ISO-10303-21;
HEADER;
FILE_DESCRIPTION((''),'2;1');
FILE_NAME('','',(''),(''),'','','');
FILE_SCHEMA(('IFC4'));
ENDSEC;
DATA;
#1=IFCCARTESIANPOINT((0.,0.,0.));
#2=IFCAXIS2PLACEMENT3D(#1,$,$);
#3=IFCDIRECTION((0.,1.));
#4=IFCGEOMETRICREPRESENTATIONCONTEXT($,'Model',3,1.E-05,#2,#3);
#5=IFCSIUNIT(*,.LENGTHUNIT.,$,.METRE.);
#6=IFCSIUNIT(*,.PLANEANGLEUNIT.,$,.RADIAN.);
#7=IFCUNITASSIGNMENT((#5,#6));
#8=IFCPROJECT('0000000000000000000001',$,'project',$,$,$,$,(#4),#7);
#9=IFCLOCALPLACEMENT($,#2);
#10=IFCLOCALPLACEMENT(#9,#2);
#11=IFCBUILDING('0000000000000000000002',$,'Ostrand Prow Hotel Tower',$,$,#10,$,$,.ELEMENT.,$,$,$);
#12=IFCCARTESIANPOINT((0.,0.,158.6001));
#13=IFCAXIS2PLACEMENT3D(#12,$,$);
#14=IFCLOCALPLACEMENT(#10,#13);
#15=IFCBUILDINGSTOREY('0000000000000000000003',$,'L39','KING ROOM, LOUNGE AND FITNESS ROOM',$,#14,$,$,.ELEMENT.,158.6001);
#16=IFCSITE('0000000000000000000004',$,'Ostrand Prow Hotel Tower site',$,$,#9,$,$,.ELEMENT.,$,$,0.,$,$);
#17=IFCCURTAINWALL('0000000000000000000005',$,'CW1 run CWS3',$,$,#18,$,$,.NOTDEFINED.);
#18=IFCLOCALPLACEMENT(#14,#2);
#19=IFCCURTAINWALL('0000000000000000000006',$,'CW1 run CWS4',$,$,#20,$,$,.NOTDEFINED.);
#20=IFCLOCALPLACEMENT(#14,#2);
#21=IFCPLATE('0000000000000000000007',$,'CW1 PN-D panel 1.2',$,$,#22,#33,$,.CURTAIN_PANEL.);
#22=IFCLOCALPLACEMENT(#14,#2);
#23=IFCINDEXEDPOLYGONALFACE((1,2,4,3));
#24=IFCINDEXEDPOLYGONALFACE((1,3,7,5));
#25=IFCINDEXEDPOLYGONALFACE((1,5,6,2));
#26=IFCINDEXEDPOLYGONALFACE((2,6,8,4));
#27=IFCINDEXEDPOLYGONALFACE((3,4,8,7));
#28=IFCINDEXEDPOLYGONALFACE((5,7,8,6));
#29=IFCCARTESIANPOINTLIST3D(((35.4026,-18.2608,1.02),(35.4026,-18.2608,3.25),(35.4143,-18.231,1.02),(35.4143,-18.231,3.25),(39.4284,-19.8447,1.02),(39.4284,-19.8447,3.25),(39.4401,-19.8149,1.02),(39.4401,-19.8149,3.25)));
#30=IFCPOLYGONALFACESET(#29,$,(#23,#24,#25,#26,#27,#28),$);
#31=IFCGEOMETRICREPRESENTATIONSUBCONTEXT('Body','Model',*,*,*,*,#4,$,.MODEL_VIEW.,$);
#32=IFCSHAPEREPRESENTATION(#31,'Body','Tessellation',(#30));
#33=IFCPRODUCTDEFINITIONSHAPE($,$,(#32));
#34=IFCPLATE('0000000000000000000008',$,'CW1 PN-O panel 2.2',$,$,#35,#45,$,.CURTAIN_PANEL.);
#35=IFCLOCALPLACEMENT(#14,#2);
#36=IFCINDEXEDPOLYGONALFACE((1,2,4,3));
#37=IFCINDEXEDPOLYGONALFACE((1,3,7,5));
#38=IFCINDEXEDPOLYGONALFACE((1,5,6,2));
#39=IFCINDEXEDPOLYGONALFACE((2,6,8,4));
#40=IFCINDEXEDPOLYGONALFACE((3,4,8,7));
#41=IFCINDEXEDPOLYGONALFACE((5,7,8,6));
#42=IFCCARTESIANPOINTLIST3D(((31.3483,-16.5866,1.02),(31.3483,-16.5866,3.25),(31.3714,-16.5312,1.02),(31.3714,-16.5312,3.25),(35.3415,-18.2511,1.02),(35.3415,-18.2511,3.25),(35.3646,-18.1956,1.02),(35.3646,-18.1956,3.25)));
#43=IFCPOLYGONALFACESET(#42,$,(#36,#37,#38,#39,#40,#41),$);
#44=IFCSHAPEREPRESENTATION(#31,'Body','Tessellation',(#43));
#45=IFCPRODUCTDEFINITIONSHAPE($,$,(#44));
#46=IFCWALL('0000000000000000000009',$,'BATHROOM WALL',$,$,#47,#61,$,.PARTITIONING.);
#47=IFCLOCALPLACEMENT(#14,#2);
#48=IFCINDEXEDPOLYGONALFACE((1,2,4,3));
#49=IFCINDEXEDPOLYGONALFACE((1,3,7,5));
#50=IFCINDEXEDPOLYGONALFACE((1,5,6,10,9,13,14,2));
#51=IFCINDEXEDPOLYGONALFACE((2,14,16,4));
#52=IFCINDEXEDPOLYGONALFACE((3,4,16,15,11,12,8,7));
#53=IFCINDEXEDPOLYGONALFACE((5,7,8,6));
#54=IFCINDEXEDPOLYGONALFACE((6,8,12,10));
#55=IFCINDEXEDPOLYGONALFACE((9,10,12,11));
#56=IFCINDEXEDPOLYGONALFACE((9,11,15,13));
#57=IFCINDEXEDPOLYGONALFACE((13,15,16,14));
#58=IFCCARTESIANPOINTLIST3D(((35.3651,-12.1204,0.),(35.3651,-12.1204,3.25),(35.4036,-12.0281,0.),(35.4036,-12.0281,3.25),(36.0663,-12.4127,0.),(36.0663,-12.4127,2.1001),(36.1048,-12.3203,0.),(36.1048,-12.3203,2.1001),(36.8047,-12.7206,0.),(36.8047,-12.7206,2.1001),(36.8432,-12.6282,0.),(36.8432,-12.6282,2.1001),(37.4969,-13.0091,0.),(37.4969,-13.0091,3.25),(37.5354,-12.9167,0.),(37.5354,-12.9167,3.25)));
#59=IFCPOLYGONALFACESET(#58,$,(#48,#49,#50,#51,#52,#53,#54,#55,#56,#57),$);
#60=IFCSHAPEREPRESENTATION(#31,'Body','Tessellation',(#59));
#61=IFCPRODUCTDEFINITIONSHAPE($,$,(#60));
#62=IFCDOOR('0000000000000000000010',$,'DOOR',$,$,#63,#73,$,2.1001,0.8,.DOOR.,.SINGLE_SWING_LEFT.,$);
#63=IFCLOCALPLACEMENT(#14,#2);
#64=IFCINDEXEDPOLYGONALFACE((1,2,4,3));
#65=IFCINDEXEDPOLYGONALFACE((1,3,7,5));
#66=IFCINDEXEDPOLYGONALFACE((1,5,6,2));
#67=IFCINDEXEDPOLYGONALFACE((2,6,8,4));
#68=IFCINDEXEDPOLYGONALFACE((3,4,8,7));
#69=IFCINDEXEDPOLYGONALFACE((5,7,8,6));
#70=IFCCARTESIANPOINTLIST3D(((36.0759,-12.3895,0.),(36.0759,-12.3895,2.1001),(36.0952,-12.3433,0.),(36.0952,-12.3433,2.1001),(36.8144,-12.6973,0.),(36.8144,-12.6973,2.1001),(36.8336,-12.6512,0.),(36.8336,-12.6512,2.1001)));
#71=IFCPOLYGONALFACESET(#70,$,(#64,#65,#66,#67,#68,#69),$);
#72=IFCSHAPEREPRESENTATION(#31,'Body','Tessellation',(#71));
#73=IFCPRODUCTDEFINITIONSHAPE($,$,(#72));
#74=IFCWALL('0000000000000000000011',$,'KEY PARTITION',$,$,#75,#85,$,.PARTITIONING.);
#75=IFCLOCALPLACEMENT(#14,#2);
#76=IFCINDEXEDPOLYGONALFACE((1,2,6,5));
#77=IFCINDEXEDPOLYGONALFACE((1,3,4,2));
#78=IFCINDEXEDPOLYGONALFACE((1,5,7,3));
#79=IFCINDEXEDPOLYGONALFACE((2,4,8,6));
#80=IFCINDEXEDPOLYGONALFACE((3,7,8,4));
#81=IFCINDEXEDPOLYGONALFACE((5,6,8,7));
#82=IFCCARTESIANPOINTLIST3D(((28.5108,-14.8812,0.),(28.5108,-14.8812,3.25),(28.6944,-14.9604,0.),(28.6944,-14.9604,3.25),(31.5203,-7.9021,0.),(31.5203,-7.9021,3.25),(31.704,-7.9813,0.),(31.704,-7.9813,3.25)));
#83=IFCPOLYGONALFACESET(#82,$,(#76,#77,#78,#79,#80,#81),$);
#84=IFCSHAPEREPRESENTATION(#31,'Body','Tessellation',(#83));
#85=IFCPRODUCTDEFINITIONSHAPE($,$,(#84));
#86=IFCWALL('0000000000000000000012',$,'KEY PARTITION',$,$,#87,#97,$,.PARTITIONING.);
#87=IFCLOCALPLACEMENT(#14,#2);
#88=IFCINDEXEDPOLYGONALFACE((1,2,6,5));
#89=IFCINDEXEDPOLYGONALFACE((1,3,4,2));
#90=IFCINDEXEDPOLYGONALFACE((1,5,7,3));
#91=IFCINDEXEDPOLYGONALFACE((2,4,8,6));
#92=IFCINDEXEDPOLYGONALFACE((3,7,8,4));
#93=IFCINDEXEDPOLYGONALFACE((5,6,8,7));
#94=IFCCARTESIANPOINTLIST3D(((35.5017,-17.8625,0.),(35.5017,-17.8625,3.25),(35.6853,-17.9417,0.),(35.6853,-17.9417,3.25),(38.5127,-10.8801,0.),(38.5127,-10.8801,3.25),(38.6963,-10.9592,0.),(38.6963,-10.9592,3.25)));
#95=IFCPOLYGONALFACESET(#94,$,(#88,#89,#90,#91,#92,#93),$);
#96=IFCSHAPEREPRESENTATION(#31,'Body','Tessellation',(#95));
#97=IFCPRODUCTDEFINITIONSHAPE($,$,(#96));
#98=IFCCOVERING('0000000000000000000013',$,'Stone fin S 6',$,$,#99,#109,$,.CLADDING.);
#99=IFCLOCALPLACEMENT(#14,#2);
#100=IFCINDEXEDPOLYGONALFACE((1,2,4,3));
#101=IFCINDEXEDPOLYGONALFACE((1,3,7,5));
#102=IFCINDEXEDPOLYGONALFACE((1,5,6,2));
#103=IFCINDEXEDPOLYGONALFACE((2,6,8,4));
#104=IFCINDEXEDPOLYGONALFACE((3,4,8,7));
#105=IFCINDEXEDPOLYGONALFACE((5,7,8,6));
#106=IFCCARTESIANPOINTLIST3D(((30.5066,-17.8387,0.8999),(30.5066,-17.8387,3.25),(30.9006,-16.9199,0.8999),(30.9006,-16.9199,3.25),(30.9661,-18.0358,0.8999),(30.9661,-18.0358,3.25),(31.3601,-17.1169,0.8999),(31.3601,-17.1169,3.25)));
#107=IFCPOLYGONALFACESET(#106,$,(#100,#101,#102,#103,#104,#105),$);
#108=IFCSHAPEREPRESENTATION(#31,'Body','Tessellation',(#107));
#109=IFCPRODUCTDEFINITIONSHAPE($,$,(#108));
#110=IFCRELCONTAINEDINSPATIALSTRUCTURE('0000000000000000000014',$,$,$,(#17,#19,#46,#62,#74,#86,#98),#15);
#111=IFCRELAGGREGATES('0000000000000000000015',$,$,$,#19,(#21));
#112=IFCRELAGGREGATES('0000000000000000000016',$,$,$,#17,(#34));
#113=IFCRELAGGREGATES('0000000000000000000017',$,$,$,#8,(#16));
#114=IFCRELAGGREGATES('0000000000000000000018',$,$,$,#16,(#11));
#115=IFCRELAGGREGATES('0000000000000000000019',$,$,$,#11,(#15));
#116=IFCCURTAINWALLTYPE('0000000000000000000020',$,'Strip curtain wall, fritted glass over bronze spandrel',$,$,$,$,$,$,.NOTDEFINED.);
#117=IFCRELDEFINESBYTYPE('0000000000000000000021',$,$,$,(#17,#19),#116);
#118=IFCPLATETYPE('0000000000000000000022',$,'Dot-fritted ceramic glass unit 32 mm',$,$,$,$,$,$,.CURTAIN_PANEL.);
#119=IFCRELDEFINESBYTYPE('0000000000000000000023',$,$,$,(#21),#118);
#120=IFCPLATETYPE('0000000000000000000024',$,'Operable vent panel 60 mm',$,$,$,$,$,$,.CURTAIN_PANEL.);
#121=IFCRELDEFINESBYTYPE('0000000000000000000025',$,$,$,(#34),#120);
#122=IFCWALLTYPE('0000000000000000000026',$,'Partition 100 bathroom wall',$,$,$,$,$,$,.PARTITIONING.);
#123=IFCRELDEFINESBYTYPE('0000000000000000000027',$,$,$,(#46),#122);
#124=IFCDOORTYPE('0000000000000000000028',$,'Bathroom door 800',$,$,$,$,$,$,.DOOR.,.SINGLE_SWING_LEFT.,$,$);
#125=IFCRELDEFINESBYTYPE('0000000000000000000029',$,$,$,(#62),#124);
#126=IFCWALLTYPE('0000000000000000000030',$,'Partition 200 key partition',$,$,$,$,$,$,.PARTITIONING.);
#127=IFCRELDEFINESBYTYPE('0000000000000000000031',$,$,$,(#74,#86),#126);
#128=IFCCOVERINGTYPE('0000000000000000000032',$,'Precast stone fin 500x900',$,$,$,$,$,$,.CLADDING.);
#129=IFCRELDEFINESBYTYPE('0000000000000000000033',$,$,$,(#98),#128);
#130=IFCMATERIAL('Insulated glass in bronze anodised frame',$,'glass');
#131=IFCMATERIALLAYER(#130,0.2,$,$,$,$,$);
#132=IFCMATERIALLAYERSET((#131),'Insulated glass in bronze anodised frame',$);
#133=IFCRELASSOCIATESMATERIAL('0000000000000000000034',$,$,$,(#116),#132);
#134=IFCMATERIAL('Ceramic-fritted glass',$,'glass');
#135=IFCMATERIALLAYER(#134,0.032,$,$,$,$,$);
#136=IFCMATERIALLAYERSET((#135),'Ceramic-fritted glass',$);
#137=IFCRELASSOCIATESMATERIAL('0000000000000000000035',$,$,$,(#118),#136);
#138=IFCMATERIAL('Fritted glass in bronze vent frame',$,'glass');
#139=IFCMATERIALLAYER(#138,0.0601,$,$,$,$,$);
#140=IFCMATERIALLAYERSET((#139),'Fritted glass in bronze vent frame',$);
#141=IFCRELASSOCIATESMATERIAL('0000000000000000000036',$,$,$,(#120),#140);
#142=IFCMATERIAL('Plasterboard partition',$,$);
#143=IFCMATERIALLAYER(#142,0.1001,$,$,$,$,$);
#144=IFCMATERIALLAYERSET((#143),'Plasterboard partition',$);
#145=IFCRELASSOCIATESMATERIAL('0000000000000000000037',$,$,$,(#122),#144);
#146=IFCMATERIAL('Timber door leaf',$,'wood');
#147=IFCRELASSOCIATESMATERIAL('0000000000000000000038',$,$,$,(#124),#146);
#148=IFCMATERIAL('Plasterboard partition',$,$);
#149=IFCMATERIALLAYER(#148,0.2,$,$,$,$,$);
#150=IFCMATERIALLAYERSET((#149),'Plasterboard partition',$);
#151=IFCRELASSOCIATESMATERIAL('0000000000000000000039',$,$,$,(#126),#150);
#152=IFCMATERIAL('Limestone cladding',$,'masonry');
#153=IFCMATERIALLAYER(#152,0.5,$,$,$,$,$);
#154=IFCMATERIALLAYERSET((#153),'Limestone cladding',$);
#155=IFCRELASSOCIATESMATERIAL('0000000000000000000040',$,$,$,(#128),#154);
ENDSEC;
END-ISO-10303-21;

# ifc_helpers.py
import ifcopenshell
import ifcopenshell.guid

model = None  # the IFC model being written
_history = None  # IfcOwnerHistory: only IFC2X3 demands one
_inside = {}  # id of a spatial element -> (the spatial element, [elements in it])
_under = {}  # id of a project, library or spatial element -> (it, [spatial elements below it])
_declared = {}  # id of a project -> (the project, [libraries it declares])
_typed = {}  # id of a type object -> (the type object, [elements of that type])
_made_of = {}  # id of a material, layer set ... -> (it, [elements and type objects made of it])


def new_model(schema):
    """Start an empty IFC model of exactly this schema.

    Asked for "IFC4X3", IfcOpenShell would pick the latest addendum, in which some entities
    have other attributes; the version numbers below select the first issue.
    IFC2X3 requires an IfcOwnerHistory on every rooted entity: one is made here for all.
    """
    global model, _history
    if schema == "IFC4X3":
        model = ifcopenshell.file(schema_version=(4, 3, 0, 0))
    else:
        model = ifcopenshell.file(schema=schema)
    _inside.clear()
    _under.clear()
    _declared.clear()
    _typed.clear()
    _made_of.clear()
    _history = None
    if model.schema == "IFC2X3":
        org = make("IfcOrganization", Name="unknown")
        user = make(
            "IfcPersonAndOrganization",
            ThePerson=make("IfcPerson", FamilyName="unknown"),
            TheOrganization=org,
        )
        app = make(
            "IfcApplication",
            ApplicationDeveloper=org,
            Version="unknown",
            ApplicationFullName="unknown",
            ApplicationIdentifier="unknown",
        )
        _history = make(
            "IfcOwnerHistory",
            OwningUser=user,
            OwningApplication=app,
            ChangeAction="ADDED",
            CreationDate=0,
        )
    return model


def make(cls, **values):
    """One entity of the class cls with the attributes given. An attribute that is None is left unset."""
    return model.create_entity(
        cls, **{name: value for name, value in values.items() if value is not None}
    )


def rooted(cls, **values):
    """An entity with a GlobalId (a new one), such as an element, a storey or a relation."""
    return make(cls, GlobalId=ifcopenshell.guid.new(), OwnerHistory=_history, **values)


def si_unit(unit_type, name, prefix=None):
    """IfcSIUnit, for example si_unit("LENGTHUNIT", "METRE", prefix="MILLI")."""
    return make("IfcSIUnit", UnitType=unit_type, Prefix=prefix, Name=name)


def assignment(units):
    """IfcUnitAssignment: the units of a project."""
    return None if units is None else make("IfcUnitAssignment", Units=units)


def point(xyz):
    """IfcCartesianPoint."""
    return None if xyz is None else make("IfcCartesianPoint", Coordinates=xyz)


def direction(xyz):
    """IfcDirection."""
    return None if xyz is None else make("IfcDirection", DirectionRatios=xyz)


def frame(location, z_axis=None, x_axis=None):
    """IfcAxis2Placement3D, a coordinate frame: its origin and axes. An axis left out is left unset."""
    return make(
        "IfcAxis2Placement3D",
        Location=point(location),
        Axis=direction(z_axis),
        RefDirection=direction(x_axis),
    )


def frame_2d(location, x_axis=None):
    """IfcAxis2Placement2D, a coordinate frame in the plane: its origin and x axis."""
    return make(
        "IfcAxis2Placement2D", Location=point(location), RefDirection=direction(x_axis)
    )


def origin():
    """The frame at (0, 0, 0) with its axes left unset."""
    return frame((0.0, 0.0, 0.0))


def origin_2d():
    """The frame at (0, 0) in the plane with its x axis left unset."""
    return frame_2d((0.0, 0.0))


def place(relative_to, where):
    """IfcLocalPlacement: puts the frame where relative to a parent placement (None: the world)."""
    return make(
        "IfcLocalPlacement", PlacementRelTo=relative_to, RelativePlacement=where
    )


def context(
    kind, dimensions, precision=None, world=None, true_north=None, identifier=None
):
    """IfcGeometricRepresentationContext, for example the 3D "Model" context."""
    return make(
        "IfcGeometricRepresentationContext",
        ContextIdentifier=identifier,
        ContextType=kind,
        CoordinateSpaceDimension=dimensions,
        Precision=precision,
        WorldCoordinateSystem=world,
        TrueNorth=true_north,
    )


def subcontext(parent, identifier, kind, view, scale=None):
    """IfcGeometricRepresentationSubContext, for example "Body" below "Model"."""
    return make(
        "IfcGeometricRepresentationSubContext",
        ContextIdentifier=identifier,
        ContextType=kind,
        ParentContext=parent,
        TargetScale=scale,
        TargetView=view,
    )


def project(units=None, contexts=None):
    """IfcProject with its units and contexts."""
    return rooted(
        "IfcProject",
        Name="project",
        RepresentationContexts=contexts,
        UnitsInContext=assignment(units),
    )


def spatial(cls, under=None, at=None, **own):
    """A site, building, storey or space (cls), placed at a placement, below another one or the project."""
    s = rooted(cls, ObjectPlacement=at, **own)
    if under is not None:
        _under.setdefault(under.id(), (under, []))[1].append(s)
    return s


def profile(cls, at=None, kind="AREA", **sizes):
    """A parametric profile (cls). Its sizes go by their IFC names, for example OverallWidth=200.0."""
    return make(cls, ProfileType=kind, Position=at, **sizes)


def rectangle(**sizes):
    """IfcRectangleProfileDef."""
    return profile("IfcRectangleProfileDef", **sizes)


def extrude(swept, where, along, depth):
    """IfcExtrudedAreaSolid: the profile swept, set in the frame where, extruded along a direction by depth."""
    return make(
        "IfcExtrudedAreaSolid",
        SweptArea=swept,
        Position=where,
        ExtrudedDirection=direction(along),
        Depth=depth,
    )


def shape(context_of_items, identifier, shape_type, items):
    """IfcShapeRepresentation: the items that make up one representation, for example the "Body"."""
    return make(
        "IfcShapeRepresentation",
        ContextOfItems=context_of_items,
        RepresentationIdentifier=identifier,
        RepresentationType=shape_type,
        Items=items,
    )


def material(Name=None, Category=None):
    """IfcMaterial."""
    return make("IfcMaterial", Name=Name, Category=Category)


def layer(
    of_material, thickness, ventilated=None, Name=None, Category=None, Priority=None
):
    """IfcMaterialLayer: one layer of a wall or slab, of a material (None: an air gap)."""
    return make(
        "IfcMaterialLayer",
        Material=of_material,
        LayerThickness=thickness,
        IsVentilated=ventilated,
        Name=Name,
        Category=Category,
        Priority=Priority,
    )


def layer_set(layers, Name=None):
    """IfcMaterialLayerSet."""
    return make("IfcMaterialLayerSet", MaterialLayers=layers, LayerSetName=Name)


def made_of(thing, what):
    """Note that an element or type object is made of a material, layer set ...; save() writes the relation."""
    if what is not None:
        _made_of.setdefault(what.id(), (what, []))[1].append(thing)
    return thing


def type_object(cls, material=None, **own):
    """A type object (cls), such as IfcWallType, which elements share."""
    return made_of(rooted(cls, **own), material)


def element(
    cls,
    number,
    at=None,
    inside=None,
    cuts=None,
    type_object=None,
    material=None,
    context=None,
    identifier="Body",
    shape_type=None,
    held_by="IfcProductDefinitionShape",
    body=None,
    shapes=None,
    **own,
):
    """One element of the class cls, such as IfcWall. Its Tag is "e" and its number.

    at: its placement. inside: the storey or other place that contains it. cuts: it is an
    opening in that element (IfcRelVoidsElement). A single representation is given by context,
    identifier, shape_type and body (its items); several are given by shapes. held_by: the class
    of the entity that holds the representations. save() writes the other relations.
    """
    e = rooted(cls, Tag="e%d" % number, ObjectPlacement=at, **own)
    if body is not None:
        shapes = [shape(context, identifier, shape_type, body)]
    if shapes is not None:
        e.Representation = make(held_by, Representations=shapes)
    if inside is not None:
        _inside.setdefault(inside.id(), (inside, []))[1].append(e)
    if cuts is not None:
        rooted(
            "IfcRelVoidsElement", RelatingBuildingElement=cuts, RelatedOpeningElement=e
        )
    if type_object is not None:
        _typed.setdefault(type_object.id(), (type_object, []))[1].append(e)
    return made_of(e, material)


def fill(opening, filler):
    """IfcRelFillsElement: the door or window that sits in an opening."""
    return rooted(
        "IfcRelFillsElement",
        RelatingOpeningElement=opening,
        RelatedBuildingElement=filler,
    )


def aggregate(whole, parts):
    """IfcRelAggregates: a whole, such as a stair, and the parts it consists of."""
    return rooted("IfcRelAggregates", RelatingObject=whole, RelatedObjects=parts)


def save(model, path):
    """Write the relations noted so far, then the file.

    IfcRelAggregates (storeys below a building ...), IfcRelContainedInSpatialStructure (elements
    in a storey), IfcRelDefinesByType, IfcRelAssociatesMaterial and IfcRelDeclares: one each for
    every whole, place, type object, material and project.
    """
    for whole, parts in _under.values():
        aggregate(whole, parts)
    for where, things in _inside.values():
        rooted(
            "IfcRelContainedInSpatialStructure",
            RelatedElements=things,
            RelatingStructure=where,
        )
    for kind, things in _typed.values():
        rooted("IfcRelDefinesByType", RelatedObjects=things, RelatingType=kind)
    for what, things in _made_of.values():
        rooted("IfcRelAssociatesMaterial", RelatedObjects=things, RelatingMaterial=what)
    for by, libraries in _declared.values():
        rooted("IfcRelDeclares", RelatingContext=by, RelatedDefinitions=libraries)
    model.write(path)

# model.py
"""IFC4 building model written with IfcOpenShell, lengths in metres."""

from ifc_helpers import new_model, si_unit, direction, frame, frame_2d, origin, origin_2d, place, context, subcontext, project, spatial, rectangle, extrude, material, layer, layer_set, type_object, element, fill, aggregate, save


model = new_model("IFC4")

# Units and contexts
model_context = context("Model", 3, precision=1e-05, world=origin(), true_north=direction((0.0, 1.0)))
body_context = subcontext(model_context, "Body", "Model", "MODEL_VIEW")
ifc_project = project(units=[si_unit("LENGTHUNIT", "METRE"), si_unit("PLANEANGLEUNIT", "RADIAN")], contexts=[model_context])

# Site, building, storey
site_placement = place(None, origin())
site = spatial("IfcSite", under=ifc_project, at=site_placement, Name="Ostrand Prow Hotel Tower site", CompositionType="ELEMENT", RefElevation=0.0)
building_placement = place(site_placement, origin())
building = spatial("IfcBuilding", under=site, at=building_placement, Name="Ostrand Prow Hotel Tower", CompositionType="ELEMENT")
storey_placement = place(building_placement, frame((0.0, 0.0, 158.6001)))
storey = spatial("IfcBuildingStorey", under=building, at=storey_placement, Name="L39", Description="KING ROOM, LOUNGE AND FITNESS ROOM", CompositionType="ELEMENT", Elevation=158.6001)

# Shared definitions
ifc_material_1 = material(Name="Insulated glass in bronze anodised frame", Category="glass")
ifc_layer_1 = layer(ifc_material_1, 0.2)
ifc_layer_set_1 = layer_set([ifc_layer_1], Name="Insulated glass in bronze anodised frame")
curtain_wall_type = type_object("IfcCurtainWallType", Name="Strip curtain wall, fritted glass over bronze spandrel", PredefinedType="NOTDEFINED", material=ifc_layer_set_1)

# Curtain wall
curtain_wall_1_placement = place(storey_placement, origin())
curtain_wall_1 = element("IfcCurtainWall", 1, at=curtain_wall_1_placement, inside=storey, type_object=curtain_wall_type, Name="CW1 run CWS3", PredefinedType="NOTDEFINED")

# Curtain wall
curtain_wall_2_placement = place(storey_placement, origin())
curtain_wall_2 = element("IfcCurtainWall", 2, at=curtain_wall_2_placement, inside=storey, type_object=curtain_wall_type, Name="CW1 run CWS4", PredefinedType="NOTDEFINED")

# Plates
ifc_material_2 = material(Name="Ceramic-fritted glass", Category="glass")
ifc_layer_2 = layer(ifc_material_2, 0.032)
ifc_layer_set_2 = layer_set([ifc_layer_2], Name="Ceramic-fritted glass")
plate_type_1 = type_object("IfcPlateType", Name="Dot-fritted ceramic glass unit 32 mm", PredefinedType="CURTAIN_PANEL", material=ifc_layer_set_2)
plate_1_placement = place(storey_placement, frame((37.4214, -19.0378, 1.02), z_axis=(0.0, 0.0, 1.0), x_axis=(0.930569, -0.366116, 0.0)))
plate_1 = element("IfcPlate", 3, at=plate_1_placement, type_object=plate_type_1, Name="CW1 PN-D panel 1.2", PredefinedType="CURTAIN_PANEL", context=body_context, shape_type="SweptSolid", body=[
    extrude(rectangle(XDim=4.3262, YDim=0.032, at=origin_2d()), origin(), (0.0, 0.0, 1.0), 2.23),
])
aggregate(curtain_wall_2, [plate_1])
ifc_material_3 = material(Name="Fritted glass in bronze vent frame", Category="glass")
ifc_layer_3 = layer(ifc_material_3, 0.0601)
ifc_layer_set_3 = layer_set([ifc_layer_3], Name="Fritted glass in bronze vent frame")
plate_type_2 = type_object("IfcPlateType", Name="Operable vent panel 60 mm", PredefinedType="CURTAIN_PANEL", material=ifc_layer_set_3)
plate_2_placement = place(storey_placement, frame((33.3564, -17.3911, 1.02), z_axis=(0.0, 0.0, 1.0), x_axis=(0.923024, -0.384743, 0.0)))
plate_2 = element("IfcPlate", 4, at=plate_2_placement, type_object=plate_type_2, Name="CW1 PN-O panel 2.2", PredefinedType="CURTAIN_PANEL", context=body_context, shape_type="SweptSolid", body=[
    extrude(rectangle(XDim=4.3262, YDim=0.0601, at=origin_2d()), origin(), (0.0, 0.0, 1.0), 2.23),
])
aggregate(curtain_wall_1, [plate_2])

# Wall, opening, door
ifc_material_4 = material(Name="Plasterboard partition")
ifc_layer_4 = layer(ifc_material_4, 0.1001)
ifc_layer_set_4 = layer_set([ifc_layer_4], Name="Plasterboard partition")
wall_type_1 = type_object("IfcWallType", Name="Partition 100 bathroom wall", PredefinedType="PARTITIONING", material=ifc_layer_set_4)
wall_1_placement = place(storey_placement, frame((37.5161, -12.9629, 0.0), z_axis=(0.0, 0.0, 1.0), x_axis=(-0.923014, 0.384765, 0.0)))
wall_1 = element("IfcWall", 5, at=wall_1_placement, inside=storey, type_object=wall_type_1, Name="BATHROOM WALL", PredefinedType="PARTITIONING", context=body_context, shape_type="SweptSolid", body=[
    extrude(rectangle(XDim=2.3096, YDim=0.1001, at=frame_2d((1.1548, 0.0))), origin(), (0.0, 0.0, 1.0), 3.25),
])
opening_placement = place(wall_1_placement, frame((0.75, 0.0, 0.0)))
opening = element("IfcOpeningElement", 6, at=opening_placement, cuts=wall_1, PredefinedType="OPENING", context=body_context, shape_type="SweptSolid", body=[
    extrude(rectangle(XDim=0.8, YDim=2.1001, at=frame_2d((0.3999, 1.05))), frame((0.0, 0.0601, 0.0), z_axis=(0.0, -1.0, 0.0), x_axis=(1.0, 0.0, 0.0)), (0.0, 0.0, 1.0), 0.1201),
])
ifc_material_5 = material(Name="Timber door leaf", Category="wood")
door_type = type_object("IfcDoorType", Name="Bathroom door 800", OperationType="SINGLE_SWING_LEFT", PredefinedType="DOOR", material=ifc_material_5)
door_placement = place(opening_placement, origin())
door = element("IfcDoor", 7, at=door_placement, inside=storey, type_object=door_type, Name="DOOR", OperationType="SINGLE_SWING_LEFT", OverallHeight=2.1001, OverallWidth=0.8, PredefinedType="DOOR", context=body_context, shape_type="SweptSolid", body=[
    extrude(rectangle(XDim=0.8, YDim=2.1001, at=frame_2d((0.3999, 1.05))), frame((0.0, 0.0249, 0.0), z_axis=(0.0, -1.0, 0.0), x_axis=(1.0, 0.0, 0.0)), (0.0, 0.0, 1.0), 0.05),
])
fill(opening, door)

# Walls
ifc_material_6 = material(Name="Plasterboard partition")
ifc_layer_5 = layer(ifc_material_6, 0.2)
ifc_layer_set_5 = layer_set([ifc_layer_5], Name="Plasterboard partition")
wall_type_2 = type_object("IfcWallType", Name="Partition 200 key partition", PredefinedType="PARTITIONING", material=ifc_layer_set_5)
wall_2_placement = place(storey_placement, frame((28.6025, -14.9209, 0.0), z_axis=(0.0, 0.0, 1.0), x_axis=(0.395977, 0.91826, 0.0)))
element("IfcWall", 8, at=wall_2_placement, inside=storey, type_object=wall_type_2, Name="KEY PARTITION", PredefinedType="PARTITIONING", context=body_context, shape_type="SweptSolid", body=[
    extrude(rectangle(XDim=7.6003, YDim=0.2, at=frame_2d((3.8003, 0.0))), origin(), (0.0, 0.0, 1.0), 3.25),
])
wall_3_placement = place(storey_placement, frame((35.5935, -17.9021, 0.0), z_axis=(0.0, 0.0, 1.0), x_axis=(0.395976, 0.918261, 0.0)))
element("IfcWall", 9, at=wall_3_placement, inside=storey, type_object=wall_type_2, Name="KEY PARTITION", PredefinedType="PARTITIONING", context=body_context, shape_type="SweptSolid", body=[
    extrude(rectangle(XDim=7.604, YDim=0.2, at=frame_2d((3.802, 0.0))), origin(), (0.0, 0.0, 1.0), 3.25),
])

# Covering
ifc_material_7 = material(Name="Limestone cladding", Category="masonry")
ifc_layer_6 = layer(ifc_material_7, 0.5)
ifc_layer_set_6 = layer_set([ifc_layer_6], Name="Limestone cladding")
covering_type = type_object("IfcCoveringType", Name="Precast stone fin 500x900", PredefinedType="CLADDING", material=ifc_layer_set_6)
covering_placement = place(storey_placement, frame((31.1304, -17.0183, 0.8999), z_axis=(0.0, 0.0, 1.0), x_axis=(-0.394096, -0.919069, 0.0)))
element("IfcCovering", 10, at=covering_placement, inside=storey, type_object=covering_type, Name="Stone fin S 6", PredefinedType="CLADDING", context=body_context, shape_type="SweptSolid", body=[
    extrude(rectangle(XDim=0.9998, YDim=0.5, at=frame_2d((0.5, 0.0))), origin(), (0.0, 0.0, 1.0), 2.3501),
])

save(model, "model.ifc")
